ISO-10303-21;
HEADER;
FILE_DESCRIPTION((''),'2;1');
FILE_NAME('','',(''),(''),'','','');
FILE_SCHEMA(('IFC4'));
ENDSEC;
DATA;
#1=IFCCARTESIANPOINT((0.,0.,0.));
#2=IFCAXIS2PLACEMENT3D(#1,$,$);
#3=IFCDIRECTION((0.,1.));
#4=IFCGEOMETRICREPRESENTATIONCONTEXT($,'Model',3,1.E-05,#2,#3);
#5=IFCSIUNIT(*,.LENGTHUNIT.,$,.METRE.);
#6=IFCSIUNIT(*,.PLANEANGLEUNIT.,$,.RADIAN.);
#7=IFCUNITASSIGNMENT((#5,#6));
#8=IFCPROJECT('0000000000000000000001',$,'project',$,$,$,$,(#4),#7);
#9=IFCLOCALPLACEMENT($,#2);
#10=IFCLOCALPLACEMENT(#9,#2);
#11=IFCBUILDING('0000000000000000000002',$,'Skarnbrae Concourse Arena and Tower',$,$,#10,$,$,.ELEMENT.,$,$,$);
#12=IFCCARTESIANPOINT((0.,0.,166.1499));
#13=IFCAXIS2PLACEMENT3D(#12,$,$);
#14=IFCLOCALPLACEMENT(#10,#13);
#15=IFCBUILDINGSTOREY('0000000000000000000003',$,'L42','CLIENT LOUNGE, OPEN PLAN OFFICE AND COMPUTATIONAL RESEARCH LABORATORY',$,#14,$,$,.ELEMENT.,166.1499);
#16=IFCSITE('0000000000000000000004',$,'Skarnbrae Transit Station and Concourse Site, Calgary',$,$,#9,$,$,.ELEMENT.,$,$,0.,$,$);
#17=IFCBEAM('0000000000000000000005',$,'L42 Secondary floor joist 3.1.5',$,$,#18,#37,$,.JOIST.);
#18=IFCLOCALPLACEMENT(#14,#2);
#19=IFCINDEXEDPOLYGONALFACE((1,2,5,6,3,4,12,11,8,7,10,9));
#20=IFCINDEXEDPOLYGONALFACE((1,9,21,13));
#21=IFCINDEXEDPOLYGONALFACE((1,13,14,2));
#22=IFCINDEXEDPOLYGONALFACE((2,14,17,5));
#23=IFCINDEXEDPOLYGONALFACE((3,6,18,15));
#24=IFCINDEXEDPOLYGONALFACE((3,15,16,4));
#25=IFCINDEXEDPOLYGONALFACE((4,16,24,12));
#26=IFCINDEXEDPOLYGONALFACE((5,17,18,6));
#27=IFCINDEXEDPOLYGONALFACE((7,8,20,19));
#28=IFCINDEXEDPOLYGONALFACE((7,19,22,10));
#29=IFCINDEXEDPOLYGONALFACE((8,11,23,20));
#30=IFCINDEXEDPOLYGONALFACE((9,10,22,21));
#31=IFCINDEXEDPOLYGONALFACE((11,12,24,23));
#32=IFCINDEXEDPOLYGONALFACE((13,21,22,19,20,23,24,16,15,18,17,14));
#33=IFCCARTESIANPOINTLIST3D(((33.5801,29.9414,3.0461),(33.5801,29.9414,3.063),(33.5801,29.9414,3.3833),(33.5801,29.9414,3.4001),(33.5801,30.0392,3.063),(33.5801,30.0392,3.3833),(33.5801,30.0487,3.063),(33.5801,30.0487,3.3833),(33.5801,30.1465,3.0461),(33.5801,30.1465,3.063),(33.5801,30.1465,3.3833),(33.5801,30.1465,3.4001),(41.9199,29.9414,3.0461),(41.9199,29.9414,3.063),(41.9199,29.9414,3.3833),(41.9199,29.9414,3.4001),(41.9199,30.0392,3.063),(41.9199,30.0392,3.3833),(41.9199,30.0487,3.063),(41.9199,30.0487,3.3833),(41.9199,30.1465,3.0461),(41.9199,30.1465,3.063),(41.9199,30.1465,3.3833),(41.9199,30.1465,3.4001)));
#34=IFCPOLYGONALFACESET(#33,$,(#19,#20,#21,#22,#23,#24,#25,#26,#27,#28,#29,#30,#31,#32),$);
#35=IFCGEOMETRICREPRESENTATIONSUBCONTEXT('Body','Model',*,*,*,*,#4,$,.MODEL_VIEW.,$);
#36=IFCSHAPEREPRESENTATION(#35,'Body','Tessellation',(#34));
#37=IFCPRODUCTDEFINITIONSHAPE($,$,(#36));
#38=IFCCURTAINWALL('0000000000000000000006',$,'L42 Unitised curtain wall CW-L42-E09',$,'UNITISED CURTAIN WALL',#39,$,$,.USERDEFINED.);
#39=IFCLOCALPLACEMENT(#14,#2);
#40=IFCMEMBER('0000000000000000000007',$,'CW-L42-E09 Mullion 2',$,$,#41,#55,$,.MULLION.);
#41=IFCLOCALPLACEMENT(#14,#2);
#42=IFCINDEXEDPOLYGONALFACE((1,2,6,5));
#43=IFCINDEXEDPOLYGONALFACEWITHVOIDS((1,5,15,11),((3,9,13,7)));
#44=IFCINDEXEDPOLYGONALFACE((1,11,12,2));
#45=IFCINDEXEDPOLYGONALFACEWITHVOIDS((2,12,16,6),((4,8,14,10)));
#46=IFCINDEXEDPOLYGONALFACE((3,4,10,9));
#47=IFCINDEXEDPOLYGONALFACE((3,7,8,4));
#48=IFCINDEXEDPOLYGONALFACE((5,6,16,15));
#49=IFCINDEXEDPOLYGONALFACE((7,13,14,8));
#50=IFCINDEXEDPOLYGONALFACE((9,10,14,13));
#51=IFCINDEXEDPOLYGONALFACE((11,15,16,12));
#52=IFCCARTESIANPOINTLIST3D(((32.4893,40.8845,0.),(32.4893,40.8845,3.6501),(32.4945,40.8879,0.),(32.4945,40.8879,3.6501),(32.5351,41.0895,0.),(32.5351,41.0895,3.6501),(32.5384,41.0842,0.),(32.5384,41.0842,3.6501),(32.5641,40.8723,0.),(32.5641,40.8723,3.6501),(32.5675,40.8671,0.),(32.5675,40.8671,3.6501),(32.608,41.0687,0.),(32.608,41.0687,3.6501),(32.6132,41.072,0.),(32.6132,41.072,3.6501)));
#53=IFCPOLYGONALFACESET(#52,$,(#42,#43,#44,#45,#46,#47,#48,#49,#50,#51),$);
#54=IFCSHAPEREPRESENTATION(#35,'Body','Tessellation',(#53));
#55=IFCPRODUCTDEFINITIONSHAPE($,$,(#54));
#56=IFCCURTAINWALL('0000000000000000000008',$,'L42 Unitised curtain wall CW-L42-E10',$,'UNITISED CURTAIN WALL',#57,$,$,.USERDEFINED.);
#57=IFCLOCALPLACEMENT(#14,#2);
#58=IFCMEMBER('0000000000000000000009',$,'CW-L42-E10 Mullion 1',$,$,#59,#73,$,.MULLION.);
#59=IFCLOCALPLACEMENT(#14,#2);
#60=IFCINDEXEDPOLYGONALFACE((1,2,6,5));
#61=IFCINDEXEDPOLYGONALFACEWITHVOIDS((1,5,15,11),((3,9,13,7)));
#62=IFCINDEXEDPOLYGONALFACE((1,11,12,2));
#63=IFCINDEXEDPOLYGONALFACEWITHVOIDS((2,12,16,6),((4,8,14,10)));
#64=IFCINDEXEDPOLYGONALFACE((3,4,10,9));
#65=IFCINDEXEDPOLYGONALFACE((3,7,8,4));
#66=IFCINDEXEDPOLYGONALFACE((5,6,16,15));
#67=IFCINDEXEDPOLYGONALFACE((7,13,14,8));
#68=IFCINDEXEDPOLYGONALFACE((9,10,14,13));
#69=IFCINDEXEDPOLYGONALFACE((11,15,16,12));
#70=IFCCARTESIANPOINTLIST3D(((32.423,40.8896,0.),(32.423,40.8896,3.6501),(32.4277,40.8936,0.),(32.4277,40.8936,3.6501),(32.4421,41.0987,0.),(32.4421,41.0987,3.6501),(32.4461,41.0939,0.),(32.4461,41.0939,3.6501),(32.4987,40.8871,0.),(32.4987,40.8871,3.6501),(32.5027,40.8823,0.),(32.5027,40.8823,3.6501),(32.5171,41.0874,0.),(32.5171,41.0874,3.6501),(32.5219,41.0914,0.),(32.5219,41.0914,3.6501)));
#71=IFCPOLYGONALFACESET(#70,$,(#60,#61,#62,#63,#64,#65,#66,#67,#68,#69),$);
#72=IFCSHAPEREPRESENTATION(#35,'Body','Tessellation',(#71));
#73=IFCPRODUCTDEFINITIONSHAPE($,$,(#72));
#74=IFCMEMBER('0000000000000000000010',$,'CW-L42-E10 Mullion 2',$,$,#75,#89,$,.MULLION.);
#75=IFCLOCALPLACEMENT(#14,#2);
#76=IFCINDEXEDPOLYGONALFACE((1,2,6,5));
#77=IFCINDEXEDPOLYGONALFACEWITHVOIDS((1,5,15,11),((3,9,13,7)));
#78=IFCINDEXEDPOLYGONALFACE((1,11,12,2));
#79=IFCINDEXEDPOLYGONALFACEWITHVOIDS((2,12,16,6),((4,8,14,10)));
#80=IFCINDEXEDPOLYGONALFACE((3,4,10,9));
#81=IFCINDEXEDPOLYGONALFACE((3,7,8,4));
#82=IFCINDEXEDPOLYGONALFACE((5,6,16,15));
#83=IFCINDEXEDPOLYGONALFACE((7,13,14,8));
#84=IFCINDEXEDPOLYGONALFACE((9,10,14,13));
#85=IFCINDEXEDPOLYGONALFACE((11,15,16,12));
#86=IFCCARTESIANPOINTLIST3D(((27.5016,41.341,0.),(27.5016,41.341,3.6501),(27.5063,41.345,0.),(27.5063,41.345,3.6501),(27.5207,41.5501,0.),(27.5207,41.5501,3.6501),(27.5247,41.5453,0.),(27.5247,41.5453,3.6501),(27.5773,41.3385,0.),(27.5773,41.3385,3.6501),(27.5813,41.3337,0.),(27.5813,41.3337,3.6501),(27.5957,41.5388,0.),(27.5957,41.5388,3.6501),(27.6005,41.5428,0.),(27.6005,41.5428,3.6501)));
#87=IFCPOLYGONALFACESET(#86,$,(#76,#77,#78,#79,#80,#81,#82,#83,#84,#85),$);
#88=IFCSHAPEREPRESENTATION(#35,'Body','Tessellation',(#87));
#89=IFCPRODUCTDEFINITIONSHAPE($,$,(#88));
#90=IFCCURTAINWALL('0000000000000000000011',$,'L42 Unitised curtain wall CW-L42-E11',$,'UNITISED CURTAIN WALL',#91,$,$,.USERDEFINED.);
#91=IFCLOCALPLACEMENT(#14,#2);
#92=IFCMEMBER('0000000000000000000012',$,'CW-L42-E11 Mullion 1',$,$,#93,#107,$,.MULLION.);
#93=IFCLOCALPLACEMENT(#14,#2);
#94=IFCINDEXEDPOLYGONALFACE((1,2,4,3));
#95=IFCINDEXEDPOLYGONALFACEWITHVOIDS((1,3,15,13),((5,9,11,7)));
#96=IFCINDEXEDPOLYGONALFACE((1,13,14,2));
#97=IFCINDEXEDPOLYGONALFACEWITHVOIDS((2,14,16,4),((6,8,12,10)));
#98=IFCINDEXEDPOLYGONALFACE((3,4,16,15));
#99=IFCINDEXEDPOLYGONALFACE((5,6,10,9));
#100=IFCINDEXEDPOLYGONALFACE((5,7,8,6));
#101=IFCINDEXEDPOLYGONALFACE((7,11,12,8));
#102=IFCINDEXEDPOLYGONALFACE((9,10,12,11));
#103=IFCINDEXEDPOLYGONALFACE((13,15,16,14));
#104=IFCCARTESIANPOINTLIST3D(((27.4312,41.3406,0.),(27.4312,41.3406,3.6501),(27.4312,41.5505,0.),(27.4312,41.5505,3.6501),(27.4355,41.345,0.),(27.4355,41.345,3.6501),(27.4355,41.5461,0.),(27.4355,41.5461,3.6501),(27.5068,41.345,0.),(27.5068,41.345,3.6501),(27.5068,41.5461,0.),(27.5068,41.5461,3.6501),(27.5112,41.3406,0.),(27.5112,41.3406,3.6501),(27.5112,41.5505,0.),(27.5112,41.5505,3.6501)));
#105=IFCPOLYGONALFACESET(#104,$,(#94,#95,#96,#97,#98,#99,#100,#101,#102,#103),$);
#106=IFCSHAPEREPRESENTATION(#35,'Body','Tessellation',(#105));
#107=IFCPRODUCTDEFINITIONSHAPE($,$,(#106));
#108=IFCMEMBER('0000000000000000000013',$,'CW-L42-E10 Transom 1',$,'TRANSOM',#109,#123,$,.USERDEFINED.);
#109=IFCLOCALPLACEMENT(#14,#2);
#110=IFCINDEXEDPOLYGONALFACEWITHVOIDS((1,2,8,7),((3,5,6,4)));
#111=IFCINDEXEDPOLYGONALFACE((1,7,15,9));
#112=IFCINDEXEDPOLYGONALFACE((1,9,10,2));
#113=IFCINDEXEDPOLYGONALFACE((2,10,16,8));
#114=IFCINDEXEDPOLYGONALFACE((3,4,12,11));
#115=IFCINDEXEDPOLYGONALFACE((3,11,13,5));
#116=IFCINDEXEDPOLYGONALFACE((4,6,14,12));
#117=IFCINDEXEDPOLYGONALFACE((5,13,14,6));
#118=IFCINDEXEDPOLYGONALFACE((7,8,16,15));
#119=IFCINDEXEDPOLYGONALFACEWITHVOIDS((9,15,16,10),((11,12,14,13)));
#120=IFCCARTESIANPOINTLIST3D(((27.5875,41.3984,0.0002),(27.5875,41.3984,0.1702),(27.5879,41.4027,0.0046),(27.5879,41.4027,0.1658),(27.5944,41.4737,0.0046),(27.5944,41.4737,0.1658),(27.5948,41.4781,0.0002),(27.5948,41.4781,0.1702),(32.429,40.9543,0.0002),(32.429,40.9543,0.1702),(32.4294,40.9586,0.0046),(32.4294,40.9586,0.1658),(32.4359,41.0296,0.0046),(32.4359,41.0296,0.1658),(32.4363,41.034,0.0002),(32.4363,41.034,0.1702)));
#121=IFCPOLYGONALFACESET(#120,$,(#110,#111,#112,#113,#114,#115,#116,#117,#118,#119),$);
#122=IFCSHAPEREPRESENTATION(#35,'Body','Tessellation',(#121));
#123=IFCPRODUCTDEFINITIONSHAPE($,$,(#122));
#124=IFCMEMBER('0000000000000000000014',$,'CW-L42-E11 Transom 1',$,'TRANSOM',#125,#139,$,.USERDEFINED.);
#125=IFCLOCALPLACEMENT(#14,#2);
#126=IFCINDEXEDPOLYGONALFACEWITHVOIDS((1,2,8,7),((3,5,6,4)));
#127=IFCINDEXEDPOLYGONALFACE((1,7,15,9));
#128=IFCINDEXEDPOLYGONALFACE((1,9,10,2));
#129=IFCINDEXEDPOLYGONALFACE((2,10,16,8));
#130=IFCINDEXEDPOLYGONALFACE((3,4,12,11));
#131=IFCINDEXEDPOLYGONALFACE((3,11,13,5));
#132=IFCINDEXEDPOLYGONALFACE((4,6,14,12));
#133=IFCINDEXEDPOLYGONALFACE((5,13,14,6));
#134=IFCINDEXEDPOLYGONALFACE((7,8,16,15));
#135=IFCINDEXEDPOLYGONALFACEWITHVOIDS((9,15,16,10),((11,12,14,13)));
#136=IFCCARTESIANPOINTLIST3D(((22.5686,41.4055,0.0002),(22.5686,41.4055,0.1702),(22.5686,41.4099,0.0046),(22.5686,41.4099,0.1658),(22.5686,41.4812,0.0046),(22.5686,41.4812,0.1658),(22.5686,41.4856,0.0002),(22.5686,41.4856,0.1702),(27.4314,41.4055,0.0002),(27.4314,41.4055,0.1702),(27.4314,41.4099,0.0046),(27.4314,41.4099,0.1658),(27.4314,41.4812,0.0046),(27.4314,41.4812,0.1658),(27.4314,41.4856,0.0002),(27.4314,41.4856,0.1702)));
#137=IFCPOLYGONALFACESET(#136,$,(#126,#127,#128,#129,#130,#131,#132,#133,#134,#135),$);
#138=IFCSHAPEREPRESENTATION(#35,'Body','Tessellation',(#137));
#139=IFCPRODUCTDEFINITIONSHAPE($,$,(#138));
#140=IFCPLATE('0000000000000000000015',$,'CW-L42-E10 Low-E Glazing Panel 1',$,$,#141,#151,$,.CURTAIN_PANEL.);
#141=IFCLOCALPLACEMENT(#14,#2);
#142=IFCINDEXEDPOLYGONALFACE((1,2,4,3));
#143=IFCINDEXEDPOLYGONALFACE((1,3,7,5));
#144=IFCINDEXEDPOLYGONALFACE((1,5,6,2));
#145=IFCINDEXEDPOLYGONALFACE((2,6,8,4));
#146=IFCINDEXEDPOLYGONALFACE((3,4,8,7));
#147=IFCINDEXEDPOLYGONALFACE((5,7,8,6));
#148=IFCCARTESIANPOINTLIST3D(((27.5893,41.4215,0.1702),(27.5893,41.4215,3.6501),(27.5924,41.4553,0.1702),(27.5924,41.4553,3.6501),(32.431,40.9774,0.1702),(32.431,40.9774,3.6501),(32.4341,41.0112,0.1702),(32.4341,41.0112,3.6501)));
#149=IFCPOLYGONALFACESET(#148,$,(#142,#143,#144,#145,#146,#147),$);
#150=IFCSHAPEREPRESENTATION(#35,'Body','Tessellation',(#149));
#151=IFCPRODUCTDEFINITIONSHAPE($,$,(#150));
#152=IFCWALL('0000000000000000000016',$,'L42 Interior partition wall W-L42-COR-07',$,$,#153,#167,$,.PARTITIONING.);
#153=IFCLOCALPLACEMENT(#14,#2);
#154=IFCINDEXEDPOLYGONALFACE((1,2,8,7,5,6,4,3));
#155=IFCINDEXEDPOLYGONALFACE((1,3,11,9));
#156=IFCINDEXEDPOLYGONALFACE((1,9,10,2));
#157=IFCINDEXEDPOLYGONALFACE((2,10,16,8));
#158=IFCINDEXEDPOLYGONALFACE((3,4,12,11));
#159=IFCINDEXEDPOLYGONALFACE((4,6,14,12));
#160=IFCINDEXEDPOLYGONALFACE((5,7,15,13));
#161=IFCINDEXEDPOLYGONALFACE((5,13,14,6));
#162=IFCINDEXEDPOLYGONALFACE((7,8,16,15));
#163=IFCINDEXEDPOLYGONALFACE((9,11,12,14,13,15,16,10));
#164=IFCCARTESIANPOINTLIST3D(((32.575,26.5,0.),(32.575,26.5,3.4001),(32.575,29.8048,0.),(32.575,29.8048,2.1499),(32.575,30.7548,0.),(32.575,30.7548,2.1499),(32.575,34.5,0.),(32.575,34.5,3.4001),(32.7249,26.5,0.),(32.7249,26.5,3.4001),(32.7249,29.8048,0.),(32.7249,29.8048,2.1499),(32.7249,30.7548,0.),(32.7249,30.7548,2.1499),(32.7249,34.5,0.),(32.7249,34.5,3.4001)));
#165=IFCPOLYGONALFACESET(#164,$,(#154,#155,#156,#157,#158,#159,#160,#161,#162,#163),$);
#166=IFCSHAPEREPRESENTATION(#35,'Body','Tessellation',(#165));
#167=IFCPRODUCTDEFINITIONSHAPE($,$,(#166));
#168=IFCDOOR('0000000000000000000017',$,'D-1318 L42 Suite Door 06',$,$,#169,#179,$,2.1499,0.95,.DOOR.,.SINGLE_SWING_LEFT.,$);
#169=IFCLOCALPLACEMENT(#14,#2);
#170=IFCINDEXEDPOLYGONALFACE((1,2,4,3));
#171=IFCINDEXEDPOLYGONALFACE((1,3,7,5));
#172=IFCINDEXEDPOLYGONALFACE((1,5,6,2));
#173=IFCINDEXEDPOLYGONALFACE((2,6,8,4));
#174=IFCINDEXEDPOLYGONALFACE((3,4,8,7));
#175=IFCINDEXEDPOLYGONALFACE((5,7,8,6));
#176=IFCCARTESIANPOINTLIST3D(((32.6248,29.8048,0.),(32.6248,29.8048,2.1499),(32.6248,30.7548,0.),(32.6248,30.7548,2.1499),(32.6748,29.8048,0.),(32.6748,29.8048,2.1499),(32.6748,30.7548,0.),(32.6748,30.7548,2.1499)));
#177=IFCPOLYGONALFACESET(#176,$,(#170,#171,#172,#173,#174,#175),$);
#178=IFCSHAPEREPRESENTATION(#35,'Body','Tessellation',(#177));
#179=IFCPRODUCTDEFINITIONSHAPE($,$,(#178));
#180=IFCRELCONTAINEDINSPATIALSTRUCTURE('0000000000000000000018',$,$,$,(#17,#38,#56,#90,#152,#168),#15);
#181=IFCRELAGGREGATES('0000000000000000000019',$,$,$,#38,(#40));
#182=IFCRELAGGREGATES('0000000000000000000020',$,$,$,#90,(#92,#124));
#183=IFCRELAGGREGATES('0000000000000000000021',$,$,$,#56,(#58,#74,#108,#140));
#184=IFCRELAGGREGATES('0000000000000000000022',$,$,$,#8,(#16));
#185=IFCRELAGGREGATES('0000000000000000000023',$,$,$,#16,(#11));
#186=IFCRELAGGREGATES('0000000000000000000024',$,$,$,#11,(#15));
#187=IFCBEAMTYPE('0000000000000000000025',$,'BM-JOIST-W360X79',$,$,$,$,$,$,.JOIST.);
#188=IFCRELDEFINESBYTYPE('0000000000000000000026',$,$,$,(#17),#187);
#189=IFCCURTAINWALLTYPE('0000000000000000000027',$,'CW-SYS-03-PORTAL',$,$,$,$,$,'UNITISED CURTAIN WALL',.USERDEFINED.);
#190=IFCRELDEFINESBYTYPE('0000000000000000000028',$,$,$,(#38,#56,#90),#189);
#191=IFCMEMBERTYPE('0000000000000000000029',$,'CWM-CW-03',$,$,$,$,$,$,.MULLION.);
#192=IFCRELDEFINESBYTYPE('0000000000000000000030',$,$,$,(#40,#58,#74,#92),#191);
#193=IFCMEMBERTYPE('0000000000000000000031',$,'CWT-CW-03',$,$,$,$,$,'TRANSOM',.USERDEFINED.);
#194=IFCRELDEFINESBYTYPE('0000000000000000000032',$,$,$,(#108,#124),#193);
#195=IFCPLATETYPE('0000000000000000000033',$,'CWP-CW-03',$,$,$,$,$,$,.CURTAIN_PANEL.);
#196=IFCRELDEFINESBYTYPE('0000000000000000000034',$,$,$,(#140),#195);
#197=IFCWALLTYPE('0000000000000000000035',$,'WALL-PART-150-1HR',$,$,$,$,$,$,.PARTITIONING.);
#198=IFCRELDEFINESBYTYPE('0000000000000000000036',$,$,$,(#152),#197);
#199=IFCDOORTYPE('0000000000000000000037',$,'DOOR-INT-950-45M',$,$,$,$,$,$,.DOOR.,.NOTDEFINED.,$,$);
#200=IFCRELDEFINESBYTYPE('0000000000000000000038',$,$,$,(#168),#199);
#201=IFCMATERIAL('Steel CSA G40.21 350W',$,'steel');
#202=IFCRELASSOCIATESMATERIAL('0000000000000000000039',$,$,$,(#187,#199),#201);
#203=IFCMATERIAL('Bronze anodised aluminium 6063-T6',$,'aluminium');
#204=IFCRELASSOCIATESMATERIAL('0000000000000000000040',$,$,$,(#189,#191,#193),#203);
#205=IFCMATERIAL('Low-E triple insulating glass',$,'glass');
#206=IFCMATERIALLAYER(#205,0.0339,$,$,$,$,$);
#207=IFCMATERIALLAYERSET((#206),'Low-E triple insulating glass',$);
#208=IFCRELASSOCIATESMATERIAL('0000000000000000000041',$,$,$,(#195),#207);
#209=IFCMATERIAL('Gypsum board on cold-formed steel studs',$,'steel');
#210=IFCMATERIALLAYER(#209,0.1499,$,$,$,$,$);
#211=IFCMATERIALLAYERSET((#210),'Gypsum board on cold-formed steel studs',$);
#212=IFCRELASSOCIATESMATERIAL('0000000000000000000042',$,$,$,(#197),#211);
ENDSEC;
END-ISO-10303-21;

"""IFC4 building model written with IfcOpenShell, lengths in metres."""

from ifc_helpers import new_model, si_unit, direction, frame, frame_2d, origin, origin_2d, place, context, subcontext, project, spatial, rectangle, hollow_rectangle, i_section, extrude, source, transform, mapped, material, layer, layer_set, material_profile, profile_set, type_object, element, fill, aggregate, save


model = new_model("IFC4")

# Units and contexts
model_context = context("Model", 3, precision=1e-05, world=origin(), true_north=direction((0.0, 1.0)))
body_context = subcontext(model_context, "Body", "Model", "MODEL_VIEW")
ifc_project = project(units=[si_unit("LENGTHUNIT", "METRE"), si_unit("PLANEANGLEUNIT", "RADIAN")], contexts=[model_context])

# Site, building, storey
site_placement = place(None, origin())
site = spatial("IfcSite", under=ifc_project, at=site_placement, Name="Skarnbrae Transit Station and Concourse Site, Calgary", CompositionType="ELEMENT", RefElevation=0.0)
building_placement = place(site_placement, origin())
building = spatial("IfcBuilding", under=site, at=building_placement, Name="Skarnbrae Concourse Arena and Tower", CompositionType="ELEMENT")
storey_placement = place(building_placement, frame((0.0, 0.0, 166.1499)))
storey = spatial("IfcBuildingStorey", under=building, at=storey_placement, Name="L42", Description="CLIENT LOUNGE, OPEN PLAN OFFICE AND COMPUTATIONAL RESEARCH LABORATORY", CompositionType="ELEMENT", Elevation=166.1499)

# Shared definitions
ifc_material_1 = material(Name="Steel CSA G40.21 350W", Category="steel")

# Beam
ifc_material_profile_1 = material_profile(ifc_material_1, i_section(OverallWidth=0.2051, OverallDepth=0.354, WebThickness=0.0095, FlangeThickness=0.0168, at=origin_2d()), Name="W360X79")
ifc_profile_set_1 = profile_set([ifc_material_profile_1], Name="Steel CSA G40.21 350W")
beam_type_1 = type_object("IfcBeamType", Name="BM-JOIST-W360X79", PredefinedType="JOIST", material=ifc_profile_set_1)
shared_shape_1 = source(origin(), body_context, "Body", "SweptSolid", [
    extrude(i_section(OverallWidth=0.2051, OverallDepth=0.354, WebThickness=0.0095, FlangeThickness=0.0168, at=origin_2d()), origin(), (0.0, 0.0, 1.0), 8.3398),
])
beam_1_placement = place(storey_placement, frame((33.5801, 30.0439, 3.2231), z_axis=(1.0, 0.0, 0.0), x_axis=(0.0, 1.0, 0.0)))
element("IfcBeam", 1, at=beam_1_placement, inside=storey, type_object=beam_type_1, Name="L42 Secondary floor joist 3.1.5", PredefinedType="JOIST", context=body_context, shape_type="MappedRepresentation", body=[
    mapped(shared_shape_1, transform((0.0, 0.0, 0.0))),
])

# Curtain wall, member
ifc_material_2 = material(Name="Bronze anodised aluminium 6063-T6", Category="aluminium")
curtain_wall_type = type_object("IfcCurtainWallType", Name="CW-SYS-03-PORTAL", ElementType="UNITISED CURTAIN WALL", PredefinedType="USERDEFINED", material=ifc_material_2)
curtain_wall_1_placement = place(storey_placement, origin())
curtain_wall_1 = element("IfcCurtainWall", 2, at=curtain_wall_1_placement, inside=storey, type_object=curtain_wall_type, Name="L42 Unitised curtain wall CW-L42-E09", ObjectType="UNITISED CURTAIN WALL", PredefinedType="USERDEFINED")
ifc_material_profile_2 = material_profile(ifc_material_2, hollow_rectangle(XDim=0.0801, YDim=0.21, WallThickness=0.0044, at=origin_2d()), Name="ALU-MULL-80X210")
ifc_profile_set_2 = profile_set([ifc_material_profile_2], Name="Bronze anodised aluminium 6063-T6")
member_type_1 = type_object("IfcMemberType", Name="CWM-CW-03", PredefinedType="MULLION", material=ifc_profile_set_2)
shared_shape_2 = source(origin(), body_context, "Body", "SweptSolid", [
    extrude(hollow_rectangle(XDim=0.0801, YDim=0.21, WallThickness=0.0044, at=origin_2d()), origin(), (0.0, 0.0, 1.0), 3.6501),
])
member_1_placement = place(storey_placement, frame((32.5513, 40.9783, 0.0), z_axis=(0.0, 0.0, 1.0), x_axis=(-0.975936, 0.218056, 0.0)))
member_1 = element("IfcMember", 3, at=member_1_placement, type_object=member_type_1, Name="CW-L42-E09 Mullion 2", PredefinedType="MULLION", context=body_context, shape_type="MappedRepresentation", body=[
    mapped(shared_shape_2, transform((0.0, 0.0, 0.0))),
])
aggregate(curtain_wall_1, [member_1])

# Curtain wall, members
curtain_wall_2_placement = place(storey_placement, origin())
curtain_wall_2 = element("IfcCurtainWall", 4, at=curtain_wall_2_placement, inside=storey, type_object=curtain_wall_type, Name="L42 Unitised curtain wall CW-L42-E10", ObjectType="UNITISED CURTAIN WALL", PredefinedType="USERDEFINED")
member_2_placement = place(storey_placement, frame((32.4724, 40.9905, 0.0), z_axis=(0.0, 0.0, 1.0), x_axis=(-0.99582, 0.091338, 0.0)))
member_2 = element("IfcMember", 5, at=member_2_placement, type_object=member_type_1, Name="CW-L42-E10 Mullion 1", PredefinedType="MULLION", context=body_context, shape_type="MappedRepresentation", body=[
    mapped(shared_shape_2, transform((0.0, 0.0, 0.0))),
])
member_3_placement = place(storey_placement, frame((27.551, 41.4419, 0.0), z_axis=(0.0, 0.0, 1.0), x_axis=(-0.99582, 0.091338, 0.0)))
member_3 = element("IfcMember", 6, at=member_3_placement, type_object=member_type_1, Name="CW-L42-E10 Mullion 2", PredefinedType="MULLION", context=body_context, shape_type="MappedRepresentation", body=[
    mapped(shared_shape_2, transform((0.0, 0.0, 0.0))),
])

# Curtain wall, member
curtain_wall_3_placement = place(storey_placement, origin())
curtain_wall_3 = element("IfcCurtainWall", 7, at=curtain_wall_3_placement, inside=storey, type_object=curtain_wall_type, Name="L42 Unitised curtain wall CW-L42-E11", ObjectType="UNITISED CURTAIN WALL", PredefinedType="USERDEFINED")
member_4_placement = place(storey_placement, frame((27.4712, 41.4456, 0.0), z_axis=(0.0, 0.0, 1.0), x_axis=(-1.0, 0.0, 0.0)))
member_4 = element("IfcMember", 8, at=member_4_placement, type_object=member_type_1, Name="CW-L42-E11 Mullion 1", PredefinedType="MULLION", context=body_context, shape_type="MappedRepresentation", body=[
    mapped(shared_shape_2, transform((0.0, 0.0, 0.0))),
])

# Members
ifc_material_profile_3 = material_profile(ifc_material_2, hollow_rectangle(XDim=0.0801, YDim=0.1699, WallThickness=0.0044, at=origin_2d()), Name="ALU-TRAN-80X170")
ifc_profile_set_3 = profile_set([ifc_material_profile_3], Name="Bronze anodised aluminium 6063-T6")
member_type_2 = type_object("IfcMemberType", Name="CWT-CW-03", ElementType="TRANSOM", PredefinedType="USERDEFINED", material=ifc_profile_set_3)
shared_shape_3 = source(origin(), body_context, "Body", "SweptSolid", [
    extrude(hollow_rectangle(XDim=0.0801, YDim=0.1699, WallThickness=0.0044, at=origin_2d()), origin(), (0.0, 0.0, 1.0), 4.8618),
])
member_5_placement = place(storey_placement, frame((32.4326, 40.9941, 0.0852), z_axis=(-0.99582, 0.091342, 0.0), x_axis=(-0.091342, -0.99582, 0.0)))
member_5 = element("IfcMember", 9, at=member_5_placement, type_object=member_type_2, Name="CW-L42-E10 Transom 1", ObjectType="TRANSOM", PredefinedType="USERDEFINED", context=body_context, shape_type="MappedRepresentation", body=[
    mapped(shared_shape_3, transform((0.0, 0.0, 0.0))),
])
shared_shape_4 = source(origin(), body_context, "Body", "SweptSolid", [
    extrude(hollow_rectangle(XDim=0.0801, YDim=0.1699, WallThickness=0.0044, at=origin_2d()), origin(), (0.0, 0.0, 1.0), 4.8628),
])
member_6_placement = place(storey_placement, frame((27.4314, 41.4456, 0.0852), z_axis=(-1.0, 0.0, 0.0), x_axis=(0.0, -1.0, 0.0)))
member_6 = element("IfcMember", 10, at=member_6_placement, type_object=member_type_2, Name="CW-L42-E11 Transom 1", ObjectType="TRANSOM", PredefinedType="USERDEFINED", context=body_context, shape_type="MappedRepresentation", body=[
    mapped(shared_shape_4, transform((0.0, 0.0, 0.0))),
])
aggregate(curtain_wall_3, [member_4, member_6])

# Plate
ifc_material_3 = material(Name="Low-E triple insulating glass", Category="glass")
ifc_layer_1 = layer(ifc_material_3, 0.0339)
ifc_layer_set_1 = layer_set([ifc_layer_1], Name="Low-E triple insulating glass")
plate_type = type_object("IfcPlateType", Name="CWP-CW-03", PredefinedType="CURTAIN_PANEL", material=ifc_layer_set_1)
shared_shape_5 = source(origin(), body_context, "Body", "SweptSolid", [
    extrude(rectangle(XDim=4.8621, YDim=0.0339, at=origin_2d()), origin(), (0.0, 0.0, 1.0), 3.48),
])
plate_placement = place(storey_placement, frame((30.0117, 41.2163, 0.1702), z_axis=(0.0, 0.0, 1.0), x_axis=(-0.99582, 0.091338, 0.0)))
plate = element("IfcPlate", 11, at=plate_placement, type_object=plate_type, Name="CW-L42-E10 Low-E Glazing Panel 1", PredefinedType="CURTAIN_PANEL", context=body_context, shape_type="MappedRepresentation", body=[
    mapped(shared_shape_5, transform((0.0, 0.0, 0.0))),
])
aggregate(curtain_wall_2, [member_2, member_3, member_5, plate])

# Wall, opening, door
ifc_material_4 = material(Name="Gypsum board on cold-formed steel studs", Category="steel")
ifc_layer_2 = layer(ifc_material_4, 0.1499)
ifc_layer_set_2 = layer_set([ifc_layer_2], Name="Gypsum board on cold-formed steel studs")
wall_type_1 = type_object("IfcWallType", Name="WALL-PART-150-1HR", PredefinedType="PARTITIONING", material=ifc_layer_set_2)
door_type = type_object("IfcDoorType", Name="DOOR-INT-950-45M", OperationType="NOTDEFINED", PredefinedType="DOOR", material=ifc_material_1)
shared_shape_6 = source(origin(), body_context, "Body", "SweptSolid", [
    extrude(rectangle(XDim=0.95, YDim=2.1499, at=frame_2d((0.4751, 1.075))), frame((0.0, 0.0249, 0.0), z_axis=(0.0, -1.0, 0.0), x_axis=(1.0, 0.0, 0.0)), (0.0, 0.0, 1.0), 0.05),
])
shared_shape_7 = source(origin(), body_context, "Body", "SweptSolid", [
    extrude(rectangle(XDim=8.0, YDim=0.1499, at=frame_2d((4.0, 0.0))), origin(), (0.0, 0.0, 1.0), 3.4001),
])
wall_1_placement = place(storey_placement, frame((32.6499, 34.5, 0.0), z_axis=(0.0, 0.0, 1.0), x_axis=(0.0, -1.0, 0.0)))
wall_1 = element("IfcWall", 12, at=wall_1_placement, inside=storey, type_object=wall_type_1, Name="L42 Interior partition wall W-L42-COR-07", PredefinedType="PARTITIONING", context=body_context, shape_type="MappedRepresentation", body=[
    mapped(shared_shape_7, transform((0.0, 0.0, 0.0))),
])
opening_1_placement = place(wall_1_placement, frame((3.7451, 0.0, 0.0)))
opening_1 = element("IfcOpeningElement", 13, at=opening_1_placement, cuts=wall_1, PredefinedType="OPENING", context=body_context, shape_type="SweptSolid", body=[
    extrude(rectangle(XDim=0.95, YDim=2.1499, at=frame_2d((0.4751, 1.075))), frame((0.0, 0.085, 0.0), z_axis=(0.0, -1.0, 0.0), x_axis=(1.0, 0.0, 0.0)), (0.0, 0.0, 1.0), 0.1699),
])
door_1_placement = place(opening_1_placement, origin())
door_1 = element("IfcDoor", 14, at=door_1_placement, inside=storey, type_object=door_type, Name="D-1318 L42 Suite Door 06", OperationType="SINGLE_SWING_LEFT", OverallHeight=2.1499, OverallWidth=0.95, PredefinedType="DOOR", context=body_context, shape_type="MappedRepresentation", body=[
    mapped(shared_shape_6, transform((0.0, 0.0, 0.0))),
])
fill(opening_1, door_1)

save(model, "model.ifc")
